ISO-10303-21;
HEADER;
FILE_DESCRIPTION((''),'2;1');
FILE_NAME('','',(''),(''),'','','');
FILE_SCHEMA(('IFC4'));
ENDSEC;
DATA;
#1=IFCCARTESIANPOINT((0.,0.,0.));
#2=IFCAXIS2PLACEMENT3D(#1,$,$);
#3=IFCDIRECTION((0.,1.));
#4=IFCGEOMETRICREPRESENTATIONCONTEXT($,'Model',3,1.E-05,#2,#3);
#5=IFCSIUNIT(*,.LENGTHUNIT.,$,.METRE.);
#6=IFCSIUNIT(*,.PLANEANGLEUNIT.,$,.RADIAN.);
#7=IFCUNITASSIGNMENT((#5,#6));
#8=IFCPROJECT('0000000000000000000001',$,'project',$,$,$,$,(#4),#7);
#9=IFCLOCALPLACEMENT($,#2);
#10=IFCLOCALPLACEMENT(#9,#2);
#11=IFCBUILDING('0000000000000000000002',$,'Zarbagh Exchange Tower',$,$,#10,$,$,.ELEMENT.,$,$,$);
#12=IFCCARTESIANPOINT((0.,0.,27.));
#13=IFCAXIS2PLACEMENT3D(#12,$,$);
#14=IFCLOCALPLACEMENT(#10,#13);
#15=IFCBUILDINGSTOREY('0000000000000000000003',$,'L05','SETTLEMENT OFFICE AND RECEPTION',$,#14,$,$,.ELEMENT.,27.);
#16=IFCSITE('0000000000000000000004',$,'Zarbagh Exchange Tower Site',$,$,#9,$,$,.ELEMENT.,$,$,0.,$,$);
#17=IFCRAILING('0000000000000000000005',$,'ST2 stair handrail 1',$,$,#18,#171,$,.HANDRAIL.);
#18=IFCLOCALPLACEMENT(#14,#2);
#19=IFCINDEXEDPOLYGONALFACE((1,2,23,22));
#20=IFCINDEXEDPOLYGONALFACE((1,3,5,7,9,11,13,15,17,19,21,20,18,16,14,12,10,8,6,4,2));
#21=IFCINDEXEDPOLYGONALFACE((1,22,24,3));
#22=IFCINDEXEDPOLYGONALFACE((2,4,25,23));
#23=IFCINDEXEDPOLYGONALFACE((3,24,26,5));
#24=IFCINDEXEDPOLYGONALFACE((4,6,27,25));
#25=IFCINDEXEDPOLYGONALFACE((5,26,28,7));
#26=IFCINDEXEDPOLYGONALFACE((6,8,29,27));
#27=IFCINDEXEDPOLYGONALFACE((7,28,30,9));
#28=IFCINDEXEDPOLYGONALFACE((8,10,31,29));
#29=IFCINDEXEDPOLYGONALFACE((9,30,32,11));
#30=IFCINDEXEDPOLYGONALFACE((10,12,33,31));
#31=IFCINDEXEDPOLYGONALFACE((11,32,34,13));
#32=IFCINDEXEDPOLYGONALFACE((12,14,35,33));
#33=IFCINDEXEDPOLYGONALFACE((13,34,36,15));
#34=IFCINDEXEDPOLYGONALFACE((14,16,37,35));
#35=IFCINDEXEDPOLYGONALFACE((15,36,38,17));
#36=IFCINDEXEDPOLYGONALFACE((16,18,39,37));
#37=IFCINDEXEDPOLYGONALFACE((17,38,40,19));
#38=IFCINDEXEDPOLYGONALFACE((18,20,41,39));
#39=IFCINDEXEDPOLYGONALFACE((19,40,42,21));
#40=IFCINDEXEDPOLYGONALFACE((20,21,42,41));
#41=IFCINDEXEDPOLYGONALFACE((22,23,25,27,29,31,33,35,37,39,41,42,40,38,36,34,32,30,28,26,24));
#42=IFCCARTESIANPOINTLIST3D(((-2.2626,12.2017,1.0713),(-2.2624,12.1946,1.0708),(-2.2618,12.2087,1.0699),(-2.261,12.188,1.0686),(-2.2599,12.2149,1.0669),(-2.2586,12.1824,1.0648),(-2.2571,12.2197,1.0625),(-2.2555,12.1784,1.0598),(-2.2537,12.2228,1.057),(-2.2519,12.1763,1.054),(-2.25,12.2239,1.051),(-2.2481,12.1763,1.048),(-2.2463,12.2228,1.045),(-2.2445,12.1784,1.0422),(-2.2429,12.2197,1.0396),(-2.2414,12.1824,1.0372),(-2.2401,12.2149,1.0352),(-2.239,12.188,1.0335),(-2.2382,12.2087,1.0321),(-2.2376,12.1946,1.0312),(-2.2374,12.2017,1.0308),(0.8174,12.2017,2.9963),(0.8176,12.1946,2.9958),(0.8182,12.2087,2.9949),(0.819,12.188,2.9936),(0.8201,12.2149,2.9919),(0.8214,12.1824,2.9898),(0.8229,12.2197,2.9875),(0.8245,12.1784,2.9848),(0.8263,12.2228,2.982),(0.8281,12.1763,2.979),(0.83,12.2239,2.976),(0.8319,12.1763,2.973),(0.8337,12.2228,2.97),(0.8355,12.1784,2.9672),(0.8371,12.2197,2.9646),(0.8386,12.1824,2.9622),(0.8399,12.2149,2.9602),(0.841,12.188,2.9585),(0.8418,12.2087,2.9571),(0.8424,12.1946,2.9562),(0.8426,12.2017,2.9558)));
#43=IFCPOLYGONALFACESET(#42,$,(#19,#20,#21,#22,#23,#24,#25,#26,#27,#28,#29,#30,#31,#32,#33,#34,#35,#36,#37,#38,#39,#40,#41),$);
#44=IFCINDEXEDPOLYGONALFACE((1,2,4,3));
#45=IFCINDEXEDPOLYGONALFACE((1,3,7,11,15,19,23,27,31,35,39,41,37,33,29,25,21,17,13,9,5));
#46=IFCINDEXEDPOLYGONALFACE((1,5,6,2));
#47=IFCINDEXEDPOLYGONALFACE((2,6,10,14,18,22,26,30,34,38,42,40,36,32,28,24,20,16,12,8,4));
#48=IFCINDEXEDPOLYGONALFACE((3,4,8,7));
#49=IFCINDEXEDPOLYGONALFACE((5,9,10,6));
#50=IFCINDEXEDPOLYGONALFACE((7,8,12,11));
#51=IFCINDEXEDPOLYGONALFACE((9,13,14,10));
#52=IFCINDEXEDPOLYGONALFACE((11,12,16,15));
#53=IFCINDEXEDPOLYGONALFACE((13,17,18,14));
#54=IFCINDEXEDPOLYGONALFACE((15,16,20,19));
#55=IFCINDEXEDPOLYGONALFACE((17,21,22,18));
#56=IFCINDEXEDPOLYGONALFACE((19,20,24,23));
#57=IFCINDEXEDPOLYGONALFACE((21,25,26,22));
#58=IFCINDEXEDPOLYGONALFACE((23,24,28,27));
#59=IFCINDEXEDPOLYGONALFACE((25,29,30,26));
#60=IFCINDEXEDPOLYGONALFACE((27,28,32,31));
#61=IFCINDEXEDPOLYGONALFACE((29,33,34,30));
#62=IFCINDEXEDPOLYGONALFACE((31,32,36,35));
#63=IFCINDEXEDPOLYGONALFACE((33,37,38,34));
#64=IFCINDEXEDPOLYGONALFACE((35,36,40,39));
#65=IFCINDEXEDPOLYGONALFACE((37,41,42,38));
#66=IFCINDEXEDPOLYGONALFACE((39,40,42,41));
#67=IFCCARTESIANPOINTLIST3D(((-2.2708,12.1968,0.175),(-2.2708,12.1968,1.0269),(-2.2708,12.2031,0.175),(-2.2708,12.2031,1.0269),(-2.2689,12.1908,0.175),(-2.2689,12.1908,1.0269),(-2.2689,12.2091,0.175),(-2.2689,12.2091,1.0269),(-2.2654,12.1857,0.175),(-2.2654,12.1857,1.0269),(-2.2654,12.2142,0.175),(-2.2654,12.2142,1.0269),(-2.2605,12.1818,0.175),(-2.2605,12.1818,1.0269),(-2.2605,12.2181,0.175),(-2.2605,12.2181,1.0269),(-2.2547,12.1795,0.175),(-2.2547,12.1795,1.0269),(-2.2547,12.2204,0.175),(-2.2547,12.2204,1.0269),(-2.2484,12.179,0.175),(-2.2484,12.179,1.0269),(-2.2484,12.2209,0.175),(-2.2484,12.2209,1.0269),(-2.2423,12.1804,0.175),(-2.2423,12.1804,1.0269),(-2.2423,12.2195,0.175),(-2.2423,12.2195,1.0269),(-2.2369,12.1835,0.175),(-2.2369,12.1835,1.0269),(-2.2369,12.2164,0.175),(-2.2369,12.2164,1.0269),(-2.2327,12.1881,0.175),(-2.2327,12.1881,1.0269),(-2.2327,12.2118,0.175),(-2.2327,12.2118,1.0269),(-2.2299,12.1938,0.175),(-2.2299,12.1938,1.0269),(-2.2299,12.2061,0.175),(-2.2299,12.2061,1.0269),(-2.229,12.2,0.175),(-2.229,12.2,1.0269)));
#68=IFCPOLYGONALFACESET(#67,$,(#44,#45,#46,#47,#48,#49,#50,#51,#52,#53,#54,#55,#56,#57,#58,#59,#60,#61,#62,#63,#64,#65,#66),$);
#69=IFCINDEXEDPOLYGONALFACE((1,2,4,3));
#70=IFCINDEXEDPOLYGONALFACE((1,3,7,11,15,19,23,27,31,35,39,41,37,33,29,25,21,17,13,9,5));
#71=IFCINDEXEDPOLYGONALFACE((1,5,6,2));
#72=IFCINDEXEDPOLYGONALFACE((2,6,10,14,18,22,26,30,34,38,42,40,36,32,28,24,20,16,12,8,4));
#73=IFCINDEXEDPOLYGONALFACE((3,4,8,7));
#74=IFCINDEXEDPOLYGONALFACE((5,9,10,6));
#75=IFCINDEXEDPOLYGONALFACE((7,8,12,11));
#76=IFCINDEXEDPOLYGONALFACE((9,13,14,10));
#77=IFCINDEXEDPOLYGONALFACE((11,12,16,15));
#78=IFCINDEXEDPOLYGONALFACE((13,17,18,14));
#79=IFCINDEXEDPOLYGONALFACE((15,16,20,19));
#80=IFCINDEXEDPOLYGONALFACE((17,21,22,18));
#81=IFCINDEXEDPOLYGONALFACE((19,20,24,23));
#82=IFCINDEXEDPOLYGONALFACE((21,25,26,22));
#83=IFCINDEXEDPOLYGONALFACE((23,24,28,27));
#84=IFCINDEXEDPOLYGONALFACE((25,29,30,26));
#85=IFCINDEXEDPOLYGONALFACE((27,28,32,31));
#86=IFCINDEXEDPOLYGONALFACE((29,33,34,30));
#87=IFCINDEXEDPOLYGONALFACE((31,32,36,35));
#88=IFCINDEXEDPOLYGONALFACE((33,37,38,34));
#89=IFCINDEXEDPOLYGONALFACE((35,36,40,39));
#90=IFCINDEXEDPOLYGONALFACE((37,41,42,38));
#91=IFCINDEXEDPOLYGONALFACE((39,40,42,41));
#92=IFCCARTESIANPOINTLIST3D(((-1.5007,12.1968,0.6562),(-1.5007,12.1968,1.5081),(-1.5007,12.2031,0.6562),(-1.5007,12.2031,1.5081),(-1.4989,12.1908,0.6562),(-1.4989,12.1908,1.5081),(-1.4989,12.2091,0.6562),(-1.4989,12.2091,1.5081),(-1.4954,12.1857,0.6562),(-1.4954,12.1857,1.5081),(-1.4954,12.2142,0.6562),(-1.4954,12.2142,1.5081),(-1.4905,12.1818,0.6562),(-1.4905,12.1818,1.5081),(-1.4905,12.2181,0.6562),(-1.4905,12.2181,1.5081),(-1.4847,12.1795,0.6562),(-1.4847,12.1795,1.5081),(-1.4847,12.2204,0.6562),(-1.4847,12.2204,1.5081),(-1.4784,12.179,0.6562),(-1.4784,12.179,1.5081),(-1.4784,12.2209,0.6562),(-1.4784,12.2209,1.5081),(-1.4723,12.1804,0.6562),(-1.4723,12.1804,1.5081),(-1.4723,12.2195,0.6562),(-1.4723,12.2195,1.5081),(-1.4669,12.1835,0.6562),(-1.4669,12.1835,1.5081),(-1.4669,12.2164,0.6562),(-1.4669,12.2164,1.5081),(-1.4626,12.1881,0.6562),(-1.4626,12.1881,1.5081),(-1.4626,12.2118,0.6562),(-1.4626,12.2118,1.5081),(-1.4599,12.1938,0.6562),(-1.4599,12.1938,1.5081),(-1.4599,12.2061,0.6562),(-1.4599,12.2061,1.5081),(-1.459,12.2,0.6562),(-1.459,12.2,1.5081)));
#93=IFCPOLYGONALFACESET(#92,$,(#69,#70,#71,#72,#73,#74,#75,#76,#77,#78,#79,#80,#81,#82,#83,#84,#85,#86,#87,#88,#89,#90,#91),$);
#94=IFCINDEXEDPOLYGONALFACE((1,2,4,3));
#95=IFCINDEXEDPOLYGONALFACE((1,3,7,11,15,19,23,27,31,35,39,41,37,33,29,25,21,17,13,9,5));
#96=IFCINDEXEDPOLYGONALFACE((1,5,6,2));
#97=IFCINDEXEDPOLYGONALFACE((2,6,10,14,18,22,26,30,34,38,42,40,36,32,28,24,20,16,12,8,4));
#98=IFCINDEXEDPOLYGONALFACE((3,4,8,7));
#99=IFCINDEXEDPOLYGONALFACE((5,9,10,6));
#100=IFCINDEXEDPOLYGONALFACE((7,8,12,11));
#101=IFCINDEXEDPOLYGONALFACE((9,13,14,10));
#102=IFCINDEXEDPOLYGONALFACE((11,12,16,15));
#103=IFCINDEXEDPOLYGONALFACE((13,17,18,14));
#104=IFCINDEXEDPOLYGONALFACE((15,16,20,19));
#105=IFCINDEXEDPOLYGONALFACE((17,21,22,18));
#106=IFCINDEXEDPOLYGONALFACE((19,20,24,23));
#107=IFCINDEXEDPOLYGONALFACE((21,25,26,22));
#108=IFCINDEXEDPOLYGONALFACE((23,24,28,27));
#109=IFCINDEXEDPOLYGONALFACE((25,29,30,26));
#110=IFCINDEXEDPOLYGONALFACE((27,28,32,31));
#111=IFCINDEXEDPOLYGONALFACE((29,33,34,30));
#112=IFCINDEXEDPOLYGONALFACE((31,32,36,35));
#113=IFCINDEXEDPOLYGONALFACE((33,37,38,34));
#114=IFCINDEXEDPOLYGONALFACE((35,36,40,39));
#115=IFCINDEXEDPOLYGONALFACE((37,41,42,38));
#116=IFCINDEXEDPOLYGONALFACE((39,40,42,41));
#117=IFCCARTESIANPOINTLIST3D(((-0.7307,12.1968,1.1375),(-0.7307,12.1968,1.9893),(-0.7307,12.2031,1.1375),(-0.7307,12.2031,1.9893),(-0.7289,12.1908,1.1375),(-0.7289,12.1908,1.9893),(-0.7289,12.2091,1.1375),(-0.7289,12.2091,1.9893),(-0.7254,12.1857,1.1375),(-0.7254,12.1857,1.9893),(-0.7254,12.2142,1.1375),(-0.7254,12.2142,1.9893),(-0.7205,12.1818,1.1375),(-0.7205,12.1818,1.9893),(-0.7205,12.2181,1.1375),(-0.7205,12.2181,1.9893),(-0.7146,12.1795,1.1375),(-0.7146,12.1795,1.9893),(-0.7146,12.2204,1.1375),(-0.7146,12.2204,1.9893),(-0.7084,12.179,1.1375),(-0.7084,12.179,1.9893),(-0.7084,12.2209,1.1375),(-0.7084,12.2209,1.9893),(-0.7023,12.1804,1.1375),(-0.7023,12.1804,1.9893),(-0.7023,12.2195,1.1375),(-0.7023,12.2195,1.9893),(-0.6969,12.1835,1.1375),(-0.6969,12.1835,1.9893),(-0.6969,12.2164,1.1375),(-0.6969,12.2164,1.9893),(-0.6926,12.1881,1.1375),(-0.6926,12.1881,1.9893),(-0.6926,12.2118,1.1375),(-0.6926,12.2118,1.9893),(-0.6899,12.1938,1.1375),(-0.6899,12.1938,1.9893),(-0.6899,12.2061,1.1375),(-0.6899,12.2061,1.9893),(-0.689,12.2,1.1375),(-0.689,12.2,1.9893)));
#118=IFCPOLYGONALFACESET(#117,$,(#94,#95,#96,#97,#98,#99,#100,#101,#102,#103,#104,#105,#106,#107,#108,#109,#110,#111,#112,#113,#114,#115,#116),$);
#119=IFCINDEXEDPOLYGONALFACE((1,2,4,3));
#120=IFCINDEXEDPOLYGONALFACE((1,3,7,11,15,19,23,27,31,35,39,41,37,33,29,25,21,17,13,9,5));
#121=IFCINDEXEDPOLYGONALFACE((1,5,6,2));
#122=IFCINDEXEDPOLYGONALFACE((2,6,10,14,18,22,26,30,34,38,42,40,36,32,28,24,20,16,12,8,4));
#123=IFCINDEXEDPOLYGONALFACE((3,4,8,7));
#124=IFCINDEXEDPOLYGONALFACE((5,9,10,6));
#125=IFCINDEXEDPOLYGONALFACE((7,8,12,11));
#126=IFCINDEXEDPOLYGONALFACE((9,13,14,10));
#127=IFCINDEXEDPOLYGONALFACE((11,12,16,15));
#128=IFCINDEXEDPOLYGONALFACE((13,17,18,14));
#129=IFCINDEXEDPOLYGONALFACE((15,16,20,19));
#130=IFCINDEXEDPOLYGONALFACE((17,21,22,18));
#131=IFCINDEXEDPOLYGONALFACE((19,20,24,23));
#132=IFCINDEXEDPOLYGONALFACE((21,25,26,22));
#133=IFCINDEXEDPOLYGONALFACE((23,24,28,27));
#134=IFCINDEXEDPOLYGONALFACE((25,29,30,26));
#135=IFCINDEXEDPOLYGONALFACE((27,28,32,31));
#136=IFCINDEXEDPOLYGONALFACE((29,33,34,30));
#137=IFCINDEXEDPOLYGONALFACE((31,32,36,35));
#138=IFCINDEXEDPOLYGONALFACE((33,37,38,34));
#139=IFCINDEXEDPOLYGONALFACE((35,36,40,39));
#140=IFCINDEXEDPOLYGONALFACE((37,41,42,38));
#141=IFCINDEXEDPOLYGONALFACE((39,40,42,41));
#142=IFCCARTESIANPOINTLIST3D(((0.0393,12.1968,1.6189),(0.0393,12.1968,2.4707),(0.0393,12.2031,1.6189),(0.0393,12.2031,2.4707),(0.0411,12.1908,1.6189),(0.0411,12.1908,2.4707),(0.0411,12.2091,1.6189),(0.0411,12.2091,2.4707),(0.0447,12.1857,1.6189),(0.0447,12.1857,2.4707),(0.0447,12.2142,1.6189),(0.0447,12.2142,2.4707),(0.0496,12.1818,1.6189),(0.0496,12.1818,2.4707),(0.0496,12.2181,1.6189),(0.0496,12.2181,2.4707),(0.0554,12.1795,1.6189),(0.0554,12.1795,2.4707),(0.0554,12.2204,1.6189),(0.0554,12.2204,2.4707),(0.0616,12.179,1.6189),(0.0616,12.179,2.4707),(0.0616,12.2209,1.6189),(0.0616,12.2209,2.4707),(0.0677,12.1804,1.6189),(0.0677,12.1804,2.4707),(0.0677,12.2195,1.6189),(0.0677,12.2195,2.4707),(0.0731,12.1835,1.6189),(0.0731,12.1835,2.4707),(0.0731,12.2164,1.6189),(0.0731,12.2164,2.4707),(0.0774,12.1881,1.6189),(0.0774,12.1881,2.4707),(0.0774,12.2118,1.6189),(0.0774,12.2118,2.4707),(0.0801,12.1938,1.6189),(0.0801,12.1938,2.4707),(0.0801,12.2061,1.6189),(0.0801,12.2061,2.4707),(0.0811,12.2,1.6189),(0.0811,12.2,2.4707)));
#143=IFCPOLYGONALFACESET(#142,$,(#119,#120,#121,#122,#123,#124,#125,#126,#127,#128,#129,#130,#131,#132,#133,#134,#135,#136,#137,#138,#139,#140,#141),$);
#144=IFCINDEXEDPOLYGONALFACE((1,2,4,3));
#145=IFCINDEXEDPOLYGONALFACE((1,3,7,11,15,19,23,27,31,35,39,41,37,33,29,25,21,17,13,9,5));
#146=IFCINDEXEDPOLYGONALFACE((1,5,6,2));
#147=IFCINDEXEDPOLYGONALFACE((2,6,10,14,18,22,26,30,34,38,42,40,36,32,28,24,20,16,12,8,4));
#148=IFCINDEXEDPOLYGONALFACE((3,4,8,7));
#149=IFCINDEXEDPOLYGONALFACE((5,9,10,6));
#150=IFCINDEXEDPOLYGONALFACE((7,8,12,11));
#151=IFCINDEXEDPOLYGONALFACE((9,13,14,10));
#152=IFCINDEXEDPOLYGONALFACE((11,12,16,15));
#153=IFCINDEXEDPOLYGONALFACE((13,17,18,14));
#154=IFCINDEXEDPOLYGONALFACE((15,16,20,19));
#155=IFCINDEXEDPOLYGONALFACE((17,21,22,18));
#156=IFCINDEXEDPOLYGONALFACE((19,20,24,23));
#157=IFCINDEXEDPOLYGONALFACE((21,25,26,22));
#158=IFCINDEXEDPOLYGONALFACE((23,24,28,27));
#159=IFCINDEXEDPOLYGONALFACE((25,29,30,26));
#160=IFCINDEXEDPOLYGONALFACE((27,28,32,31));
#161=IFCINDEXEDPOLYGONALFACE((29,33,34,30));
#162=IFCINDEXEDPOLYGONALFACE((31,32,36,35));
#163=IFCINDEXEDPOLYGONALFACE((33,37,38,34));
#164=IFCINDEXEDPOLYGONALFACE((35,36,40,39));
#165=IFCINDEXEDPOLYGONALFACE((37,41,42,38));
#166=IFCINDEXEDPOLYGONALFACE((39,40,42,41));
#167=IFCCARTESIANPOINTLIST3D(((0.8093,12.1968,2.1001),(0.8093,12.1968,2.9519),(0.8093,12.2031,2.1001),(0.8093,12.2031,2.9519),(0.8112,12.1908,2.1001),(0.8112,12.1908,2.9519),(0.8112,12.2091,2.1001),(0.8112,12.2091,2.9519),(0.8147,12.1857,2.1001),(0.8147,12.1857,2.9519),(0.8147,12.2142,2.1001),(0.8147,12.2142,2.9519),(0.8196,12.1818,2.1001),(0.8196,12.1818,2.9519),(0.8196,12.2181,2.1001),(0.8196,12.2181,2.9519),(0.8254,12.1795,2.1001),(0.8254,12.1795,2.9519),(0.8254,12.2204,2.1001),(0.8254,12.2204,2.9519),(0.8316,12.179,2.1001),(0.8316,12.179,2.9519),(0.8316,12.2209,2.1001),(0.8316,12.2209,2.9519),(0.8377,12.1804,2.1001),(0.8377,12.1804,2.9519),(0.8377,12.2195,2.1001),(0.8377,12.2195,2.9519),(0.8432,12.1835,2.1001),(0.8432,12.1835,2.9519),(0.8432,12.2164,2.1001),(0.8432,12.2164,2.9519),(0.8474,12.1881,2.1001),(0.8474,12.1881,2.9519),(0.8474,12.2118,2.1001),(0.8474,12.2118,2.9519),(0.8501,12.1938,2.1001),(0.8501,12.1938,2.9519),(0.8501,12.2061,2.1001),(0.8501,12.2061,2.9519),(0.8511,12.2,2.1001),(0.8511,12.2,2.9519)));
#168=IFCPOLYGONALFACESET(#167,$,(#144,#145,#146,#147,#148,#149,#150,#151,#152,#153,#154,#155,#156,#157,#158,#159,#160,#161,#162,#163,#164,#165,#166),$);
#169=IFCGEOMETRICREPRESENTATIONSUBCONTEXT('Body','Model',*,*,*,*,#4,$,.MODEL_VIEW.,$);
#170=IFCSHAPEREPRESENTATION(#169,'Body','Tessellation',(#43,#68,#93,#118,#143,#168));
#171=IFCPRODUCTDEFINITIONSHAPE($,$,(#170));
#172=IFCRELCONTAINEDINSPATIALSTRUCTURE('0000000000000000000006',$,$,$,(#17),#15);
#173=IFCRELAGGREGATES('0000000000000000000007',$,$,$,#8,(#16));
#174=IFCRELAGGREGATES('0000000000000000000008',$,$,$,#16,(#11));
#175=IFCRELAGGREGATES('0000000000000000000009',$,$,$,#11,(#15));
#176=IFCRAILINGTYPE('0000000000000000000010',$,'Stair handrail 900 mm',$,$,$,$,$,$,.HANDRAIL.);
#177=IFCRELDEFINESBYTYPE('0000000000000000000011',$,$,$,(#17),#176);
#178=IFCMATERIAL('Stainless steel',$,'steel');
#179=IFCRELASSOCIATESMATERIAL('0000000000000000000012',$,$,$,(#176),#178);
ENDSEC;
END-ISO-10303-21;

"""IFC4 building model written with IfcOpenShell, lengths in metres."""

from ifc_helpers import new_model, si_unit, direction, frame, origin, origin_2d, place, context, subcontext, project, spatial, circle, extrude, material, type_object, element, save


model = new_model("IFC4")

# Units and contexts
model_context = context("Model", 3, precision=1e-05, world=origin(), true_north=direction((0.0, 1.0)))
body_context = subcontext(model_context, "Body", "Model", "MODEL_VIEW")
ifc_project = project(units=[si_unit("LENGTHUNIT", "METRE"), si_unit("PLANEANGLEUNIT", "RADIAN")], contexts=[model_context])

# Site, building, storey
site_placement = place(None, origin())
site = spatial("IfcSite", under=ifc_project, at=site_placement, Name="Zarbagh Exchange Tower Site", CompositionType="ELEMENT", RefElevation=0.0)
building_placement = place(site_placement, origin())
building = spatial("IfcBuilding", under=site, at=building_placement, Name="Zarbagh Exchange Tower", CompositionType="ELEMENT")
storey_placement = place(building_placement, frame((0.0, 0.0, 27.0)))
storey = spatial("IfcBuildingStorey", under=building, at=storey_placement, Name="L05", Description="SETTLEMENT OFFICE AND RECEPTION", CompositionType="ELEMENT", Elevation=27.0)

# Shared definitions
ifc_material_1 = material(Name="Stainless steel", Category="steel")

# Railing
railing_type_1 = type_object("IfcRailingType", Name="Stair handrail 900 mm", PredefinedType="HANDRAIL", material=ifc_material_1)
for number, where, name in (
    (1, (-2.25, 12.2, 0.175), "ST2 stair handrail 1"),
):
    element("IfcRailing", number, at=place(storey_placement, frame(where)), inside=storey, type_object=railing_type_1, Name=name, PredefinedType="HANDRAIL", context=body_context, shape_type="SweptSolid", body=[
        extrude(circle(Radius=0.0239, at=origin_2d()), frame((0.0, 0.0, 0.876), z_axis=(0.847998, 0.0, 0.529999), x_axis=(0.0, 1.0, 0.0)), (0.0, 0.0, 1.0), 3.6321),
        extrude(circle(Radius=0.021, at=origin_2d()), origin(), (0.0, 0.0, 1.0), 0.8518),
        extrude(circle(Radius=0.021, at=origin_2d()), frame((0.77, 0.0, 0.4812)), (0.0, 0.0, 1.0), 0.8518),
        extrude(circle(Radius=0.021, at=origin_2d()), frame((1.54, 0.0, 0.9624)), (0.0, 0.0, 1.0), 0.8518),
        extrude(circle(Radius=0.021, at=origin_2d()), frame((2.3101, 0.0, 1.4438)), (0.0, 0.0, 1.0), 0.8518),
        extrude(circle(Radius=0.021, at=origin_2d()), frame((3.0801, 0.0, 1.925)), (0.0, 0.0, 1.0), 0.8518),
    ])

save(model, "model.ifc")
